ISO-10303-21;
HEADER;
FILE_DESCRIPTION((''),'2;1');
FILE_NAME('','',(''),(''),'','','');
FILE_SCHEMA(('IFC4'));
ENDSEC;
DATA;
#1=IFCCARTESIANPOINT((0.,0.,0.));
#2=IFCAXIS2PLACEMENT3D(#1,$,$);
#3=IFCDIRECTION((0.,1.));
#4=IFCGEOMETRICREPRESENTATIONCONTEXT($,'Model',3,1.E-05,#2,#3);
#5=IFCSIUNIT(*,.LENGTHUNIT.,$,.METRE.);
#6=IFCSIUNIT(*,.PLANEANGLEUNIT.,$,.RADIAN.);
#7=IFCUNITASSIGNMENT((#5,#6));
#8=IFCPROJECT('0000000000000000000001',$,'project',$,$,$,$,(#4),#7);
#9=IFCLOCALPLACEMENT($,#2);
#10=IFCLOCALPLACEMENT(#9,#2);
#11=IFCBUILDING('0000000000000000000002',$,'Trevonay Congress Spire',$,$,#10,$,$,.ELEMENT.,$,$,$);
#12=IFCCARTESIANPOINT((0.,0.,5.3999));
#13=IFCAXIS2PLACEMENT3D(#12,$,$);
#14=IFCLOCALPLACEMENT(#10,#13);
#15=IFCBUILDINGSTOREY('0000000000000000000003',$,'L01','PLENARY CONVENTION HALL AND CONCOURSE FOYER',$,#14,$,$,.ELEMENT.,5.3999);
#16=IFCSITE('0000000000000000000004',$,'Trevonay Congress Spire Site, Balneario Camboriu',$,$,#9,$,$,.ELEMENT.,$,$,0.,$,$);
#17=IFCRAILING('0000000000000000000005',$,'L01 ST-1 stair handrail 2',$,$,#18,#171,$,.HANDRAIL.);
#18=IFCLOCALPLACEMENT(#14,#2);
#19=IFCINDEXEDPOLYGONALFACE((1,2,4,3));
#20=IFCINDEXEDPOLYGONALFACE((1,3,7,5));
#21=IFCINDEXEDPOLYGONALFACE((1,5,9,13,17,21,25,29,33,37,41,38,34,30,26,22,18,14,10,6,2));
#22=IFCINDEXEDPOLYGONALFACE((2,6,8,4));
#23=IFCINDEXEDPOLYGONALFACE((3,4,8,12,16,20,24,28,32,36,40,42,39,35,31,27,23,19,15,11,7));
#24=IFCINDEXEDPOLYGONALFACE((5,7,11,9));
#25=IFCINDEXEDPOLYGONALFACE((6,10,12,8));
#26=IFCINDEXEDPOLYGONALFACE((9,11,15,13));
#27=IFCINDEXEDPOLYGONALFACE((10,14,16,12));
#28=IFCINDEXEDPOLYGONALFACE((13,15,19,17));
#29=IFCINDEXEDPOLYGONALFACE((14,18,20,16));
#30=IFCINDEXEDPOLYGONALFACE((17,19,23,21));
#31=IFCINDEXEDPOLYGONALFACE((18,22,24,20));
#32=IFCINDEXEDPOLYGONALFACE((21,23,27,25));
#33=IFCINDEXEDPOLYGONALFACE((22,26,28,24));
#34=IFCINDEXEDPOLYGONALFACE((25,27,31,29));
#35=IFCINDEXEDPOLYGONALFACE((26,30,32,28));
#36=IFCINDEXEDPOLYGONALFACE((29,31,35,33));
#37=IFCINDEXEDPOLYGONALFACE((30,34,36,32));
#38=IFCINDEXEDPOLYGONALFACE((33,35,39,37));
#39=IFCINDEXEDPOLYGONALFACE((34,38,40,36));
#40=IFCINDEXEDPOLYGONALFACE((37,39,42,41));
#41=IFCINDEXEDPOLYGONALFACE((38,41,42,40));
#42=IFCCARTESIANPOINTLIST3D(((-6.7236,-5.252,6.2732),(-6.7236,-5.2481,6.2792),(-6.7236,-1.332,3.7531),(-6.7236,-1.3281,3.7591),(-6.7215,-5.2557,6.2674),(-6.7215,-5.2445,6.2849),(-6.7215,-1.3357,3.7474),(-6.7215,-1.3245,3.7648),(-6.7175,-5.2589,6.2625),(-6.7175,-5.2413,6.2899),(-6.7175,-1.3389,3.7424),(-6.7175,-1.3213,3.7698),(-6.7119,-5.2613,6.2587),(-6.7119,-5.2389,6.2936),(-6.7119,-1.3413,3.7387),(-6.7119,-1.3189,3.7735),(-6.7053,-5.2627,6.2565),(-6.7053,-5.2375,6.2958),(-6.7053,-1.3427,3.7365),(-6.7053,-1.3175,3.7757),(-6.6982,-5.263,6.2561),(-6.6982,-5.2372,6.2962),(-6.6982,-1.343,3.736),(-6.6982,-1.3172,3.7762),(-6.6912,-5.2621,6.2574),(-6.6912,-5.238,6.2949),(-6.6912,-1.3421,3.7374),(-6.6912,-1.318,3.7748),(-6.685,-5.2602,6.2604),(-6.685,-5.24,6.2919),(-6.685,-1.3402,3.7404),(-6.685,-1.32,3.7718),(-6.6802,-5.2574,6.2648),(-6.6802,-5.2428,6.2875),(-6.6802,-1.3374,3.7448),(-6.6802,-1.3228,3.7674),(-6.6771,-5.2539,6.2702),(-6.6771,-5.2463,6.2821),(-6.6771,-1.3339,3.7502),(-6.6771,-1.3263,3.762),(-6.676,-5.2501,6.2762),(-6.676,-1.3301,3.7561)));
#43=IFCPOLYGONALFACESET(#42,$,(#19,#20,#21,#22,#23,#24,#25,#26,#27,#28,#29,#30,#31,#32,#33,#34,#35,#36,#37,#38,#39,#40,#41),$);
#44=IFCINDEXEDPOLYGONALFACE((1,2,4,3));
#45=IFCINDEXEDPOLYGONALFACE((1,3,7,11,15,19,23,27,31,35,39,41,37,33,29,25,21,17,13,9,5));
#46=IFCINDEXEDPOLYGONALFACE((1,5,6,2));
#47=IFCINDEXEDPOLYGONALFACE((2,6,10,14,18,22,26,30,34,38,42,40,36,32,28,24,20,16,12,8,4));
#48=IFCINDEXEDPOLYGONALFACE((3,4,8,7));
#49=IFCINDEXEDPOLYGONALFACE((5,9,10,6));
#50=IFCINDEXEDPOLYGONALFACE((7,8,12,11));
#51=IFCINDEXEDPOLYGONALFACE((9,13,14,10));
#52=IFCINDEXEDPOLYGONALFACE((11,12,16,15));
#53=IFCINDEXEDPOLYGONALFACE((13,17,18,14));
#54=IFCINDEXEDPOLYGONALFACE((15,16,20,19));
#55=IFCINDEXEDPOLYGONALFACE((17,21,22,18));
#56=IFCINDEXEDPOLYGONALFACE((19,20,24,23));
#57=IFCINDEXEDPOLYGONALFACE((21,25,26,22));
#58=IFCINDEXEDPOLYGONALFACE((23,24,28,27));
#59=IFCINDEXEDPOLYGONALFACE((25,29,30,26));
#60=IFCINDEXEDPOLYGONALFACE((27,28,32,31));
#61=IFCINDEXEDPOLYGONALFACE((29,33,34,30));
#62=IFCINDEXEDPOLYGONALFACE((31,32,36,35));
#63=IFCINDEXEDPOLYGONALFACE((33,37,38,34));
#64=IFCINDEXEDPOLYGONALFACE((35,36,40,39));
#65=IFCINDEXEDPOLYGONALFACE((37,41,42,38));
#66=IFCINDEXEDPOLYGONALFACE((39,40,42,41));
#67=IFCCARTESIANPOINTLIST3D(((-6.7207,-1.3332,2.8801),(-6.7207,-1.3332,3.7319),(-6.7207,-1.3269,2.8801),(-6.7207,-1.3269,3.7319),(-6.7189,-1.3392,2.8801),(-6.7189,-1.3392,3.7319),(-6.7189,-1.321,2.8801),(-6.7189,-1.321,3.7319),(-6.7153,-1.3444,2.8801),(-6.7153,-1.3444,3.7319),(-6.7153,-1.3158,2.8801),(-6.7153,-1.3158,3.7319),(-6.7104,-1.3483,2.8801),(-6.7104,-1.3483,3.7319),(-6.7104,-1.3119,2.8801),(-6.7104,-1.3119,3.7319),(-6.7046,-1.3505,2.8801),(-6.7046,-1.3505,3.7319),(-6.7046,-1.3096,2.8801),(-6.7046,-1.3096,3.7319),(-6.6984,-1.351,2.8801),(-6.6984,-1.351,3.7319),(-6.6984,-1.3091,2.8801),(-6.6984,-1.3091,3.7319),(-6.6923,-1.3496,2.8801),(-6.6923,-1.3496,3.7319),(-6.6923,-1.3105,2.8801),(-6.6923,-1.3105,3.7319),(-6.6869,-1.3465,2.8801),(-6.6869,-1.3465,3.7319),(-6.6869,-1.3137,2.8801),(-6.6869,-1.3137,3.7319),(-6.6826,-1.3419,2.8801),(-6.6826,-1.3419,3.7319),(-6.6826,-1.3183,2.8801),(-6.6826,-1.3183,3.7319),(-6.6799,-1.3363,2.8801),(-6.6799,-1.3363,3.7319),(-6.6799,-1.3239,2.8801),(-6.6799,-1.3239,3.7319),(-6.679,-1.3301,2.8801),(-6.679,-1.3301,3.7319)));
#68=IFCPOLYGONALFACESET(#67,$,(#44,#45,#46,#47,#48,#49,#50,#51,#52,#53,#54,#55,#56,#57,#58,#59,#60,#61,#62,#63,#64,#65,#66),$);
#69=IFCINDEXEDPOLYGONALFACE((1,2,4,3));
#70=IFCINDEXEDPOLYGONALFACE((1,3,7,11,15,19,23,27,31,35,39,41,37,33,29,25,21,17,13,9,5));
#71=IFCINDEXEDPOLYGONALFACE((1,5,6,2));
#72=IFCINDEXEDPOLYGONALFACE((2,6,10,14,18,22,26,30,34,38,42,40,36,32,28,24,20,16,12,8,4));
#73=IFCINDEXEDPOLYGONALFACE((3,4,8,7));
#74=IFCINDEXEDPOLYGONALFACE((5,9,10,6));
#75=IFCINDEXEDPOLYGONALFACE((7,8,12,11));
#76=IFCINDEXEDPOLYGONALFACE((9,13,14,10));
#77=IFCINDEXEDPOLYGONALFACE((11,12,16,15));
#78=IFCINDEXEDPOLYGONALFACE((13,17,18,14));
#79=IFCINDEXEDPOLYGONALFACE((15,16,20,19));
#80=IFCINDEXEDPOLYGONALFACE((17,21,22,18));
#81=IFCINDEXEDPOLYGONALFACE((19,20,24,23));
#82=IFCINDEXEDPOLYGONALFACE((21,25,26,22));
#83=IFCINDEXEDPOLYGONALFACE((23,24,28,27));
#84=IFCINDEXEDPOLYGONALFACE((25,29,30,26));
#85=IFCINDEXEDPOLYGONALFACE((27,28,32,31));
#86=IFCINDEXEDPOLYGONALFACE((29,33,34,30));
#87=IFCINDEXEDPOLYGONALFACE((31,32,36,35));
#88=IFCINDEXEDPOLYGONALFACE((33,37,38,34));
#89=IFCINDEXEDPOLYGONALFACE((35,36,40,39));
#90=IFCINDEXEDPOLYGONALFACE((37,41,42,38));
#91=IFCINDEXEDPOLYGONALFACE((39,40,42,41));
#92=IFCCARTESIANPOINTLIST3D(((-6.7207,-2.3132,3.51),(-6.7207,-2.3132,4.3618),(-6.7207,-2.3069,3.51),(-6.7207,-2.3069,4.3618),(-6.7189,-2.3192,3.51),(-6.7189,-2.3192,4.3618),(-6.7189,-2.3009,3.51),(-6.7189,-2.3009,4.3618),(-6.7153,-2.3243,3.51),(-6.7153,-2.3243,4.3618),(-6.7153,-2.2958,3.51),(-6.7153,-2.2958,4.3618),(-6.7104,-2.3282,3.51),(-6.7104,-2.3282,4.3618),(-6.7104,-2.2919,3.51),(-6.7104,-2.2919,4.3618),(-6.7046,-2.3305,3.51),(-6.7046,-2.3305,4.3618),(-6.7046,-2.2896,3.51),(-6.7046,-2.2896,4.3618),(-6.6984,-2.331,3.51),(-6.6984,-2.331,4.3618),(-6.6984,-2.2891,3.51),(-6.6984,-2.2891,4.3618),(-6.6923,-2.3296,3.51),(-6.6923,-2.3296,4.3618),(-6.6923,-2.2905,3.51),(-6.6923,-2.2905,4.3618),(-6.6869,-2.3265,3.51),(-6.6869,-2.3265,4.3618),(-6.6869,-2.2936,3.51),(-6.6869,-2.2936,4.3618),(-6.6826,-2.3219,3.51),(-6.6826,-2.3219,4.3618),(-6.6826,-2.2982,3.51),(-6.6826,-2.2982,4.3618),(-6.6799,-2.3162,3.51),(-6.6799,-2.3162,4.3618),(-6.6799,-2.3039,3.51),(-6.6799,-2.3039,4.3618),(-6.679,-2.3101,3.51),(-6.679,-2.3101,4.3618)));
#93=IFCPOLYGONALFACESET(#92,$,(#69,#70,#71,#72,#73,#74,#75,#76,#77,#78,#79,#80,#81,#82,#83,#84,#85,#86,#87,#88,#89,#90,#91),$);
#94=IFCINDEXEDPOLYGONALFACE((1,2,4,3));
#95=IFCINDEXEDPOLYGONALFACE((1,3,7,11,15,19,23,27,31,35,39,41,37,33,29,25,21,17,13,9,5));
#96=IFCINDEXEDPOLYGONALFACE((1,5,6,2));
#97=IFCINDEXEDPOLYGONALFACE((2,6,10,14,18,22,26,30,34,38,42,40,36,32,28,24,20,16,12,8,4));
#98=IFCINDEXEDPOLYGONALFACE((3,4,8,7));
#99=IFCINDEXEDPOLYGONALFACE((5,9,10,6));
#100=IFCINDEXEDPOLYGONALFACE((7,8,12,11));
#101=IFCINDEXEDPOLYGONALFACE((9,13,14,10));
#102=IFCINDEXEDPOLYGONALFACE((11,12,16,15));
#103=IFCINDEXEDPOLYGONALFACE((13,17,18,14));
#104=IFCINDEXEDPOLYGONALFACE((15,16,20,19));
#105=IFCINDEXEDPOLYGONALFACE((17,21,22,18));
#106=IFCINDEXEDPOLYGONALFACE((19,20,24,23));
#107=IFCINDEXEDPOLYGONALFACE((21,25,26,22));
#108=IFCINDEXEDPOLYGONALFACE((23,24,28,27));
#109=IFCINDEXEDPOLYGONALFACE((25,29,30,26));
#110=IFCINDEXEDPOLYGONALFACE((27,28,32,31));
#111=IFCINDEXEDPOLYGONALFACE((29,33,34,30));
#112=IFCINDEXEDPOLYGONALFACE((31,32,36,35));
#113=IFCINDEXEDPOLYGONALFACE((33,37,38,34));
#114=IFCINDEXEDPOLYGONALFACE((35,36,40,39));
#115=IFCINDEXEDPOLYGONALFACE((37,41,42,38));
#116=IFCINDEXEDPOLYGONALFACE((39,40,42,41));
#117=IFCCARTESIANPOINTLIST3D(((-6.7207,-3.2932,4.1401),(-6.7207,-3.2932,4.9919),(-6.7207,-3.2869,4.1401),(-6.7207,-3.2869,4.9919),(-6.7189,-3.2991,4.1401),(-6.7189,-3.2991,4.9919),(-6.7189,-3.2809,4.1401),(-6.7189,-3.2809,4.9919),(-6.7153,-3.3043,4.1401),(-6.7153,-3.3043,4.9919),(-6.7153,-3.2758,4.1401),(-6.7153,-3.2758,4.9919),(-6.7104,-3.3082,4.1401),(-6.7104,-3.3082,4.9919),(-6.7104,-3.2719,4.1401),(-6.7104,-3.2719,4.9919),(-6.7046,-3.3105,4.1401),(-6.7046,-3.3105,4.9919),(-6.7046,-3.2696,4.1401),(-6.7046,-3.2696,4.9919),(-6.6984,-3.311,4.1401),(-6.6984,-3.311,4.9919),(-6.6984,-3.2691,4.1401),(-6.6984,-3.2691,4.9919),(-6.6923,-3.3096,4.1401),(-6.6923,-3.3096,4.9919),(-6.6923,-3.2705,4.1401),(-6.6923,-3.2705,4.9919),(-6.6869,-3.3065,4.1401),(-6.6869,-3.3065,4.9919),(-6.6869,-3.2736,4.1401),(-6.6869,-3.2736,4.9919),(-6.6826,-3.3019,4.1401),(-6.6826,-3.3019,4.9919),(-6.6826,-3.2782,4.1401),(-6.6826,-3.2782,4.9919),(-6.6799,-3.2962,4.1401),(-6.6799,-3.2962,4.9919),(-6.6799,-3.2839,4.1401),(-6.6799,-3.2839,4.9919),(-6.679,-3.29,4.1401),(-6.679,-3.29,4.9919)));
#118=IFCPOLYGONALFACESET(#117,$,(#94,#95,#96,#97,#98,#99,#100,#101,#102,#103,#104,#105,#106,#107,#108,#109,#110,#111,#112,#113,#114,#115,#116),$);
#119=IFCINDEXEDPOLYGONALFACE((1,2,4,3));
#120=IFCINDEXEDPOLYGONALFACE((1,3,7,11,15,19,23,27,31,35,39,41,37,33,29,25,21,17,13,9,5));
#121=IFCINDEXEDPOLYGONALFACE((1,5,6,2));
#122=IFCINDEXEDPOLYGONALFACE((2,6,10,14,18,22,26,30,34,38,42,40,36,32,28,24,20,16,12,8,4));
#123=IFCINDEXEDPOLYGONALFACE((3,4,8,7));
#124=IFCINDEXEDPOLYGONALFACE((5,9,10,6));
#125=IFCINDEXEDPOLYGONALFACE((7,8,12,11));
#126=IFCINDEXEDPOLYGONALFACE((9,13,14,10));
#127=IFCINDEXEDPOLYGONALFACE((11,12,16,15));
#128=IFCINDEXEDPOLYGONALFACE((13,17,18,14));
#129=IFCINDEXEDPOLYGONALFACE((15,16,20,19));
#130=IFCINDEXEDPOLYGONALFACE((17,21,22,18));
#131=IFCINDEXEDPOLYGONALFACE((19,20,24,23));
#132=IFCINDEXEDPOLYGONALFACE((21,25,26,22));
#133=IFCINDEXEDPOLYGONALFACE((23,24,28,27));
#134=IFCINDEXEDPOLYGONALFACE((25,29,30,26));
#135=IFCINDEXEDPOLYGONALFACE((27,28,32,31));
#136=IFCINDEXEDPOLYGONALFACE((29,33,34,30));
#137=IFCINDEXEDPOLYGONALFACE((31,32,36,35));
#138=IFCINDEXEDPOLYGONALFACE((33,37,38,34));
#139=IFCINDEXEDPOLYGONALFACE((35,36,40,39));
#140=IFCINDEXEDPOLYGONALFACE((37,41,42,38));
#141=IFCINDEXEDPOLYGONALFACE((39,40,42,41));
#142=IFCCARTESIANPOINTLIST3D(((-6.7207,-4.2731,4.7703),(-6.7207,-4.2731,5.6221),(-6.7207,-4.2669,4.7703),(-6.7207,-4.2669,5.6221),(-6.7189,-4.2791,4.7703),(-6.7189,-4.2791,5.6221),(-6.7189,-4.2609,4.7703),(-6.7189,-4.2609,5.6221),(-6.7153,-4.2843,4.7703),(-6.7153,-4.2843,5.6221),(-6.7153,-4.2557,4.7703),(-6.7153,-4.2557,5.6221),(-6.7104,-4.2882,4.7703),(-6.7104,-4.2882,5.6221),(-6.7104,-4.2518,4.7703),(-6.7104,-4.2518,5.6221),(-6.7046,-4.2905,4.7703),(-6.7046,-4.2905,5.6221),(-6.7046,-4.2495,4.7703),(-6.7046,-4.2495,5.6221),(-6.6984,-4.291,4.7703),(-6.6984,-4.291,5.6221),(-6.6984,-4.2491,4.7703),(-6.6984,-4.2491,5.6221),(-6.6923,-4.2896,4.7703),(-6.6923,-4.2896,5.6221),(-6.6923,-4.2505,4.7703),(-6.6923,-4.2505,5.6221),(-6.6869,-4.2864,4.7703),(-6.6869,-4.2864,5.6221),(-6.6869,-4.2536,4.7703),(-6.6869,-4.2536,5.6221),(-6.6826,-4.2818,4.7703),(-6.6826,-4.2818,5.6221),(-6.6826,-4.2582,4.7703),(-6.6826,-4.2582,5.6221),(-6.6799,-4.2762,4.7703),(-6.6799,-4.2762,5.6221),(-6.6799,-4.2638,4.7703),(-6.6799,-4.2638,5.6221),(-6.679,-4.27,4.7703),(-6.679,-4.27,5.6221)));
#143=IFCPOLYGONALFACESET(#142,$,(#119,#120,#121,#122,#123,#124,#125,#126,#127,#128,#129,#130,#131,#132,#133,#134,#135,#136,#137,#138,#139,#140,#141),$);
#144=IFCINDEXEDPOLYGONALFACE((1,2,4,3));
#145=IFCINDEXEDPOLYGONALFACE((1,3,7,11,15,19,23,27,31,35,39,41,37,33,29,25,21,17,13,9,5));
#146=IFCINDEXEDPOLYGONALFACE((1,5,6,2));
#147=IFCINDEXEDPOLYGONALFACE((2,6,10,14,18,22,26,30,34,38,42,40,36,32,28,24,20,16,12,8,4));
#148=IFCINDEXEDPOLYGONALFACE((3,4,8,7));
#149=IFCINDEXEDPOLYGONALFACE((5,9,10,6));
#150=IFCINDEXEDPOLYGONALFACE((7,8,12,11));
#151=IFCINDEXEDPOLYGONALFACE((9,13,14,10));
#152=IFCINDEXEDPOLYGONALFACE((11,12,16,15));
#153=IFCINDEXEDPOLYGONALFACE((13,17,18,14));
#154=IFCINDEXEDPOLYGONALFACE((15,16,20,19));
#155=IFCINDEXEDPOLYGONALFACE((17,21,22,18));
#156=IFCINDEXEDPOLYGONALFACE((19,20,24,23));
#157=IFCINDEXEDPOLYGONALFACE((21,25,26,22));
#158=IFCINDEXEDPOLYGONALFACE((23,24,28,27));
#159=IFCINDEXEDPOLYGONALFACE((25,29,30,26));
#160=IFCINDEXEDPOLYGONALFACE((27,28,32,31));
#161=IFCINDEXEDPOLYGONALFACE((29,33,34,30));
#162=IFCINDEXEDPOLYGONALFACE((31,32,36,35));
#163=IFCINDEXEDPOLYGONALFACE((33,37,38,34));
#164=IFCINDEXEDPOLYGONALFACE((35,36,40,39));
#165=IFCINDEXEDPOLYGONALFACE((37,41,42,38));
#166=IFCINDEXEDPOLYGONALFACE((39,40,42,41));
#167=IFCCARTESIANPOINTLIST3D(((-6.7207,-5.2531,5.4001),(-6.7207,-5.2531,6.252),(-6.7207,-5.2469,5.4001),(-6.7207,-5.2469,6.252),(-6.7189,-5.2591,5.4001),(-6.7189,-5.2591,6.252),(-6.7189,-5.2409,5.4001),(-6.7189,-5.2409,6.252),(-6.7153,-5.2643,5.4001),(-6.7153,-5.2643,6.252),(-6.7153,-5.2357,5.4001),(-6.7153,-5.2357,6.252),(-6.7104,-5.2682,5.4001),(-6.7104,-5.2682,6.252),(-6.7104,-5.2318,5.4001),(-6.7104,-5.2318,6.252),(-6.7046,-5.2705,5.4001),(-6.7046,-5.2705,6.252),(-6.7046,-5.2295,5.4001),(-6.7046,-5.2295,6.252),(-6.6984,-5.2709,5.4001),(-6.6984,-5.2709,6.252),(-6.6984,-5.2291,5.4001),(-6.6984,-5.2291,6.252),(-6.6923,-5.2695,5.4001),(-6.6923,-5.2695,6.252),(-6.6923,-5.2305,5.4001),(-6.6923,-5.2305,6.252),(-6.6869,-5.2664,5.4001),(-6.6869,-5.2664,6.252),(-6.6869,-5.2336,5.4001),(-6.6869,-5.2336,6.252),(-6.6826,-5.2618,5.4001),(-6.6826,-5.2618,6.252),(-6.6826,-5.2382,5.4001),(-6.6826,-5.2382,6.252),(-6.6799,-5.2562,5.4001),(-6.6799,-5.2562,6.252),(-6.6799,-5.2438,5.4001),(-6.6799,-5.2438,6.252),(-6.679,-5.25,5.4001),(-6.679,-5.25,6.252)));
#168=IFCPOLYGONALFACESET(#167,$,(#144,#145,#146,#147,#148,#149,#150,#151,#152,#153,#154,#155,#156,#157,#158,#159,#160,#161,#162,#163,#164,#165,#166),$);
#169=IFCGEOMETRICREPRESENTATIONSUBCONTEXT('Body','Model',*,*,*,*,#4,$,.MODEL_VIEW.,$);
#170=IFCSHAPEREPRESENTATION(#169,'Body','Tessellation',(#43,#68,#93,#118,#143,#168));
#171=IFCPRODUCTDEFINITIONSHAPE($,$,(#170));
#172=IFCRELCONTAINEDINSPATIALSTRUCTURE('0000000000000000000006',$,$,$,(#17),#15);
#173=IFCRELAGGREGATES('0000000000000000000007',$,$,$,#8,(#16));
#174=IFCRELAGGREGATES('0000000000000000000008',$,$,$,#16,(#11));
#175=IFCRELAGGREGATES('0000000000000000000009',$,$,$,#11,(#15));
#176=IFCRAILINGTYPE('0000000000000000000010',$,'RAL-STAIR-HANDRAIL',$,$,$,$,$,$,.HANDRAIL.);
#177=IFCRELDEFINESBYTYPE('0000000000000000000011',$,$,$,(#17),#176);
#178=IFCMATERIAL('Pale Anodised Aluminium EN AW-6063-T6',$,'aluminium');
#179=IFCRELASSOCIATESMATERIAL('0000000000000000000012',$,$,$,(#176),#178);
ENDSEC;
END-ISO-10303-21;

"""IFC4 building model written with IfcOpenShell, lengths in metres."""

from ifc_helpers import new_model, si_unit, direction, frame, origin, origin_2d, place, context, subcontext, project, spatial, circle, extrude, material, type_object, element, save


model = new_model("IFC4")

# Units and contexts
model_context = context("Model", 3, precision=1e-05, world=origin(), true_north=direction((0.0, 1.0)))
body_context = subcontext(model_context, "Body", "Model", "MODEL_VIEW")
ifc_project = project(units=[si_unit("LENGTHUNIT", "METRE"), si_unit("PLANEANGLEUNIT", "RADIAN")], contexts=[model_context])

# Site, building, storey
site_placement = place(None, origin())
site = spatial("IfcSite", under=ifc_project, at=site_placement, Name="Trevonay Congress Spire Site, Balneario Camboriu", CompositionType="ELEMENT", RefElevation=0.0)
building_placement = place(site_placement, origin())
building = spatial("IfcBuilding", under=site, at=building_placement, Name="Trevonay Congress Spire", CompositionType="ELEMENT")
storey_placement = place(building_placement, frame((0.0, 0.0, 5.3999)))
storey = spatial("IfcBuildingStorey", under=building, at=storey_placement, Name="L01", Description="PLENARY CONVENTION HALL AND CONCOURSE FOYER", CompositionType="ELEMENT", Elevation=5.3999)

# Shared definitions
ifc_material_1 = material(Name="Pale Anodised Aluminium EN AW-6063-T6", Category="aluminium")

# Railing
railing_type_1 = type_object("IfcRailingType", Name="RAL-STAIR-HANDRAIL", PredefinedType="HANDRAIL", material=ifc_material_1)
railing_1_placement = place(storey_placement, frame((-6.7, -1.3301, 2.8801)))
element("IfcRailing", 1, at=railing_1_placement, inside=storey, type_object=railing_type_1, Name="L01 ST-1 stair handrail 2", PredefinedType="HANDRAIL", context=body_context, shape_type="SweptSolid", body=[
    extrude(circle(Radius=0.0239, at=origin_2d()), frame((0.0, 0.0, 0.876), z_axis=(0.0, -0.841172, 0.540768), x_axis=(1.0, 0.0, 0.0)), (0.0, 0.0, 1.0), 4.6602),
    extrude(circle(Radius=0.021, at=origin_2d()), origin(), (0.0, 0.0, 1.0), 0.8518),
    extrude(circle(Radius=0.021, at=origin_2d()), frame((0.0, -0.98, 0.6299)), (0.0, 0.0, 1.0), 0.8518),
    extrude(circle(Radius=0.021, at=origin_2d()), frame((0.0, -1.96, 1.26)), (0.0, 0.0, 1.0), 0.8518),
    extrude(circle(Radius=0.021, at=origin_2d()), frame((0.0, -2.9399, 1.8901)), (0.0, 0.0, 1.0), 0.8518),
    extrude(circle(Radius=0.021, at=origin_2d()), frame((0.0, -3.9199, 2.52)), (0.0, 0.0, 1.0), 0.8518),
])

save(model, "model.ifc")
